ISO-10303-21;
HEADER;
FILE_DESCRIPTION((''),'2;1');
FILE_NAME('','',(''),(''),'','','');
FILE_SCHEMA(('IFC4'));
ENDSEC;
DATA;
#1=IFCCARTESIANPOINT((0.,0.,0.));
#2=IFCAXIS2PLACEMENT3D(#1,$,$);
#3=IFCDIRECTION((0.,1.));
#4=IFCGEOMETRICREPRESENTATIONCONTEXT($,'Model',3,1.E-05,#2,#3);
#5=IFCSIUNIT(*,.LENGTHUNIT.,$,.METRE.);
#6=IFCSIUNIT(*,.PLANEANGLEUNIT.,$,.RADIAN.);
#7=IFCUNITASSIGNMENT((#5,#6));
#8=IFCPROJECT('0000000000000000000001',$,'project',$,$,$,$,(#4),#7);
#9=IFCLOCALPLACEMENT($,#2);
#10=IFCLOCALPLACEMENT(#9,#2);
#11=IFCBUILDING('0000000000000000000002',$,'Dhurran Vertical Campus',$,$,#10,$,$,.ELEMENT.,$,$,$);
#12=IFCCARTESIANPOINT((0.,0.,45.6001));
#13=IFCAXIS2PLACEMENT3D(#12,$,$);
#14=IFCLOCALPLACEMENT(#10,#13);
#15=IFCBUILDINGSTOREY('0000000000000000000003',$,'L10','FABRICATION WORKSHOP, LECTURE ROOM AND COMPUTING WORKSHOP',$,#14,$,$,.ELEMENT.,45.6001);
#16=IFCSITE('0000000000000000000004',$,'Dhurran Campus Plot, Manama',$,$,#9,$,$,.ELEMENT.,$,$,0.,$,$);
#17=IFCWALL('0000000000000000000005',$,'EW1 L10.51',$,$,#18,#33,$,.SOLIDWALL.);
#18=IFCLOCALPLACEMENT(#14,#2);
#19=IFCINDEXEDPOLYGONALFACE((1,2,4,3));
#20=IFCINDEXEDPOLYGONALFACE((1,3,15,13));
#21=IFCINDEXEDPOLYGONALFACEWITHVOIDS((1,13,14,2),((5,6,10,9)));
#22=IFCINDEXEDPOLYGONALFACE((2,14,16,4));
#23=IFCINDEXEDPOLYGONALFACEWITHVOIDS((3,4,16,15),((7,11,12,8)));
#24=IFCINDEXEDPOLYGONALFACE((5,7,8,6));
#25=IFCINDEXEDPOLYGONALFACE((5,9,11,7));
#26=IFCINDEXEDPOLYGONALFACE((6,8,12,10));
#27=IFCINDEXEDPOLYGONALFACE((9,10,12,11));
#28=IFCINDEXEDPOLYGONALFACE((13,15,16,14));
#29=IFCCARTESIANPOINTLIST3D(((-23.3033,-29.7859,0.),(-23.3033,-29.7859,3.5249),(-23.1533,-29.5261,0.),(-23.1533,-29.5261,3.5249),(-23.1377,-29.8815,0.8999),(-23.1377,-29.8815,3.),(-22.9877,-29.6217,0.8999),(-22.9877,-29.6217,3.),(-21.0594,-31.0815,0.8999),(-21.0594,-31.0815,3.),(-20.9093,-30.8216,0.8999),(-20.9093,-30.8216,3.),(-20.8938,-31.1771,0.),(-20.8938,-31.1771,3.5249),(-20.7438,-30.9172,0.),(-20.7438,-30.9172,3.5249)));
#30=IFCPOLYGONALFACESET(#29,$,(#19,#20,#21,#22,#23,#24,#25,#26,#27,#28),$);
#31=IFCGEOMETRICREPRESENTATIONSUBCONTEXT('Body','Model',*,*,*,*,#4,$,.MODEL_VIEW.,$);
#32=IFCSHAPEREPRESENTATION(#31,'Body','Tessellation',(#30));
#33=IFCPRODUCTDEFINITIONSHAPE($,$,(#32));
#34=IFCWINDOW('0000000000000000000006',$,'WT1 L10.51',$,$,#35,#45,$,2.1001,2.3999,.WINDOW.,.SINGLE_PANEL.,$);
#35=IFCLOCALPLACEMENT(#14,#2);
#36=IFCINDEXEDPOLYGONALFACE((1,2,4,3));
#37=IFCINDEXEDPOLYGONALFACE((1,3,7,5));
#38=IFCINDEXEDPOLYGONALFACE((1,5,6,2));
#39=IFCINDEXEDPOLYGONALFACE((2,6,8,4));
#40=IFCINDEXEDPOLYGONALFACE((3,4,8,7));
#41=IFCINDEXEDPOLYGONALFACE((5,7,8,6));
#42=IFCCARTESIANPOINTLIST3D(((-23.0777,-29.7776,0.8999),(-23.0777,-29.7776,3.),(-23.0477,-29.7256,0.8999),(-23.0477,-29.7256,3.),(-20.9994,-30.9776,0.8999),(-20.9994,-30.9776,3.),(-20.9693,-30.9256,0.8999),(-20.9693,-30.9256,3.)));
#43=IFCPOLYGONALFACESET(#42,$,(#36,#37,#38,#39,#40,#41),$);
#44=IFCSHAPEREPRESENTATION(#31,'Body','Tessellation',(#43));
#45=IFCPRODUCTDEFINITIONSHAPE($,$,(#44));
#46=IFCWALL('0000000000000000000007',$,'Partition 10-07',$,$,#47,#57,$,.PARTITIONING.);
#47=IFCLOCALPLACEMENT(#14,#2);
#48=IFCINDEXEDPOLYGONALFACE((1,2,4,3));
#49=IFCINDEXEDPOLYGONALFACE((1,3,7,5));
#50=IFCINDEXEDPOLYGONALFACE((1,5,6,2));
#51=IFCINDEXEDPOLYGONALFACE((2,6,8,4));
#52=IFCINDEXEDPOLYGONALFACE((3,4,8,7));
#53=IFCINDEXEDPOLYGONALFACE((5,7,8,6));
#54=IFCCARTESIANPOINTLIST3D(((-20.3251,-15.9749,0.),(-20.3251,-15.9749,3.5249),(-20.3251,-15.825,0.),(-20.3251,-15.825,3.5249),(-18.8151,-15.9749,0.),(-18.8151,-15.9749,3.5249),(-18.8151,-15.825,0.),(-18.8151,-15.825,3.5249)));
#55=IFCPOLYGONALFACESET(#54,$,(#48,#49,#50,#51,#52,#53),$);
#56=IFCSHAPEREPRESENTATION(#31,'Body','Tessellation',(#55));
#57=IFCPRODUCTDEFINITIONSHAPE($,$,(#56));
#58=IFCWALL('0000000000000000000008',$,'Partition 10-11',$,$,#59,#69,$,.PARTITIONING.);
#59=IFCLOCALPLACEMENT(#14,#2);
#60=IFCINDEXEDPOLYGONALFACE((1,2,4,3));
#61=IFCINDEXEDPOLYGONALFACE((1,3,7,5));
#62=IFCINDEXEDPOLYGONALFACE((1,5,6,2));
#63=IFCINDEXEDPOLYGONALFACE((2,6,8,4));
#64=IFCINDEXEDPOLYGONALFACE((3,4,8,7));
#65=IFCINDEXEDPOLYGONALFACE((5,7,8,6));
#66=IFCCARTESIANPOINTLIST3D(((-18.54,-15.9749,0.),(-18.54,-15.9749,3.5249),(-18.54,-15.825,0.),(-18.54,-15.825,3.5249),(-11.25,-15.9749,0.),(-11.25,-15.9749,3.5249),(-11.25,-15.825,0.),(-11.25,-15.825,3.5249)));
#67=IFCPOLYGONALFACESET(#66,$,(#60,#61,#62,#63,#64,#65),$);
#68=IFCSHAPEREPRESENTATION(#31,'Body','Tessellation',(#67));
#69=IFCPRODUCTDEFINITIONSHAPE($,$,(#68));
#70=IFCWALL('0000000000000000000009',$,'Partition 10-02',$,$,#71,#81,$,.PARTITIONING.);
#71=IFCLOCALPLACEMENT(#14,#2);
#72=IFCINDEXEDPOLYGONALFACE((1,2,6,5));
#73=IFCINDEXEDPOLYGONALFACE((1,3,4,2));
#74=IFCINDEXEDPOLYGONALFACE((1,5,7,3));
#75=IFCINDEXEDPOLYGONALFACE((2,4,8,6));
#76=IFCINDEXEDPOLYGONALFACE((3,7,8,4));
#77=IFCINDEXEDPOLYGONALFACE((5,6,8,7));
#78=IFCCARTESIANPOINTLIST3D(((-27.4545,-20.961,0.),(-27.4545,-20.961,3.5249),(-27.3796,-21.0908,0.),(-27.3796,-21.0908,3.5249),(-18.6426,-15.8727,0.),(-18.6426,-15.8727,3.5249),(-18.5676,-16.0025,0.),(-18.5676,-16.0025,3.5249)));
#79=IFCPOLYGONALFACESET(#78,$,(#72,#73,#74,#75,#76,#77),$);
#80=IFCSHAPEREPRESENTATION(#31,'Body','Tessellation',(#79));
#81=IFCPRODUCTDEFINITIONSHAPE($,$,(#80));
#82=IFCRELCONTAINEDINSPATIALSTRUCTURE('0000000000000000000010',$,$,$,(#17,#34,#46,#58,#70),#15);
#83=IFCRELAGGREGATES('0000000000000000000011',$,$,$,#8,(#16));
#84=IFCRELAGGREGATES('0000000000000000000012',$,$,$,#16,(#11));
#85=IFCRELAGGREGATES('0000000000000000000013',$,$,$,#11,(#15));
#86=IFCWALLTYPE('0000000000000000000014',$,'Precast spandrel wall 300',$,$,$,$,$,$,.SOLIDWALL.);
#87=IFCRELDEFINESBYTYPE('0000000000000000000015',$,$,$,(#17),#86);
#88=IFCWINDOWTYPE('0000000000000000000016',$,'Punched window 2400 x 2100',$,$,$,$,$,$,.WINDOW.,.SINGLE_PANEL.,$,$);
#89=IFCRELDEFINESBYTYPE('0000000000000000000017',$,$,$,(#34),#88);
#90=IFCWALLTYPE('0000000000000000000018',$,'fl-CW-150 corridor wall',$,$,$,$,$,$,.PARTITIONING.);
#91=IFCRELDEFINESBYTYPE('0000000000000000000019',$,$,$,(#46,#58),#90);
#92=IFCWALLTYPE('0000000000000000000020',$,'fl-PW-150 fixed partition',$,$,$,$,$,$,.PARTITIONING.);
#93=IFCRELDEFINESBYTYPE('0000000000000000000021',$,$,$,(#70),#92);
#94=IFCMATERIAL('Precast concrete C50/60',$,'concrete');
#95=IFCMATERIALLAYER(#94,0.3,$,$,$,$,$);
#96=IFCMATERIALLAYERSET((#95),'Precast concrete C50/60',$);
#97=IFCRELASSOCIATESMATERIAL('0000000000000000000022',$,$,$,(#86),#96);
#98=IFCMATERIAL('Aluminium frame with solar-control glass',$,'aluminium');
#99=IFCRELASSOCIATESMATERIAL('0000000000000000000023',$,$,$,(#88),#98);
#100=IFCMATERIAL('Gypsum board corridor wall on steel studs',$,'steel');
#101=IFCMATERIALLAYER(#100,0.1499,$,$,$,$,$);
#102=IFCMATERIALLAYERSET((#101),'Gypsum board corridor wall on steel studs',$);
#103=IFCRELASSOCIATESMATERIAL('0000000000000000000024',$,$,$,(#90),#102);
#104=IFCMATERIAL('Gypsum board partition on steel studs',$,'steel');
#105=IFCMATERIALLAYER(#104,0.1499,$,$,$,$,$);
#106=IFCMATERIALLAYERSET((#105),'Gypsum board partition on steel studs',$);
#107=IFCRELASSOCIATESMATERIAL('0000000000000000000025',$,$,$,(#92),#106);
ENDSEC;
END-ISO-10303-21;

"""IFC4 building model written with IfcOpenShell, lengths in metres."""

from ifc_helpers import new_model, si_unit, direction, frame, frame_2d, origin, place, context, subcontext, project, spatial, rectangle, extrude, material, layer, layer_set, type_object, element, fill, save


model = new_model("IFC4")

# Units and contexts
model_context = context("Model", 3, precision=1e-05, world=origin(), true_north=direction((0.0, 1.0)))
body_context = subcontext(model_context, "Body", "Model", "MODEL_VIEW")
ifc_project = project(units=[si_unit("LENGTHUNIT", "METRE"), si_unit("PLANEANGLEUNIT", "RADIAN")], contexts=[model_context])

# Site, building, storey
site_placement = place(None, origin())
site = spatial("IfcSite", under=ifc_project, at=site_placement, Name="Dhurran Campus Plot, Manama", CompositionType="ELEMENT", RefElevation=0.0)
building_placement = place(site_placement, origin())
building = spatial("IfcBuilding", under=site, at=building_placement, Name="Dhurran Vertical Campus", CompositionType="ELEMENT")
storey_placement = place(building_placement, frame((0.0, 0.0, 45.6001)))
storey = spatial("IfcBuildingStorey", under=building, at=storey_placement, Name="L10", Description="FABRICATION WORKSHOP, LECTURE ROOM AND COMPUTING WORKSHOP", CompositionType="ELEMENT", Elevation=45.6001)

# Wall, opening, window
ifc_material_1 = material(Name="Precast concrete C50/60", Category="concrete")
ifc_layer_1 = layer(ifc_material_1, 0.3)
ifc_layer_set_1 = layer_set([ifc_layer_1], Name="Precast concrete C50/60")
wall_type_1 = type_object("IfcWallType", Name="Precast spandrel wall 300", PredefinedType="SOLIDWALL", material=ifc_layer_set_1)
ifc_material_2 = material(Name="Aluminium frame with solar-control glass", Category="aluminium")
window_type = type_object("IfcWindowType", Name="Punched window 2400 x 2100", PartitioningType="SINGLE_PANEL", PredefinedType="WINDOW", material=ifc_material_2)
wall_1_placement = place(storey_placement, frame((-23.2283, -29.656, 0.0), z_axis=(0.0, 0.0, 1.0), x_axis=(0.86602, -0.500009, 0.0)))
wall_1 = element("IfcWall", 1, at=wall_1_placement, inside=storey, type_object=wall_type_1, Name="EW1 L10.51", PredefinedType="SOLIDWALL", context=body_context, shape_type="SweptSolid", body=[
    extrude(rectangle(XDim=2.7822, YDim=0.3, at=frame_2d((1.3911, 0.0))), origin(), (0.0, 0.0, 1.0), 3.5249),
])
opening_1_placement = place(wall_1_placement, frame((0.1912, 0.0, 0.8999)))
opening_1 = element("IfcOpeningElement", 2, at=opening_1_placement, cuts=wall_1, PredefinedType="OPENING", context=body_context, shape_type="SweptSolid", body=[
    extrude(rectangle(XDim=2.3999, YDim=2.1001, at=frame_2d((1.2, 1.05))), frame((0.0, 0.1599, 0.0), z_axis=(0.0, -1.0, 0.0), x_axis=(1.0, 0.0, 0.0)), (0.0, 0.0, 1.0), 0.3201),
])
window_1_placement = place(opening_1_placement, origin())
window_1 = element("IfcWindow", 3, at=window_1_placement, inside=storey, type_object=window_type, Name="WT1 L10.51", OverallHeight=2.1001, OverallWidth=2.3999, PartitioningType="SINGLE_PANEL", PredefinedType="WINDOW", context=body_context, shape_type="SweptSolid", body=[
    extrude(rectangle(XDim=2.3999, YDim=2.1001, at=frame_2d((1.2, 1.05))), frame((0.0, 0.03, 0.0), z_axis=(0.0, -1.0, 0.0), x_axis=(1.0, 0.0, 0.0)), (0.0, 0.0, 1.0), 0.0601),
])
fill(opening_1, window_1)

# Walls
ifc_material_3 = material(Name="Gypsum board corridor wall on steel studs", Category="steel")
ifc_layer_2 = layer(ifc_material_3, 0.1499)
ifc_layer_set_2 = layer_set([ifc_layer_2], Name="Gypsum board corridor wall on steel studs")
wall_type_2 = type_object("IfcWallType", Name="fl-CW-150 corridor wall", PredefinedType="PARTITIONING", material=ifc_layer_set_2)
wall_2_placement = place(storey_placement, frame((-20.325, -15.8999, 0.0), z_axis=(0.0, 0.0, 1.0), x_axis=(1.0, 0.0, 0.0)))
element("IfcWall", 4, at=wall_2_placement, inside=storey, type_object=wall_type_2, Name="Partition 10-07", PredefinedType="PARTITIONING", context=body_context, shape_type="SweptSolid", body=[
    extrude(rectangle(XDim=1.51, YDim=0.1499, at=frame_2d((0.7549, 0.0))), origin(), (0.0, 0.0, 1.0), 3.5249),
])
wall_3_placement = place(storey_placement, frame((-18.54, -15.8999, 0.0), z_axis=(0.0, 0.0, 1.0), x_axis=(1.0, 0.0, 0.0)))
element("IfcWall", 5, at=wall_3_placement, inside=storey, type_object=wall_type_2, Name="Partition 10-11", PredefinedType="PARTITIONING", context=body_context, shape_type="SweptSolid", body=[
    extrude(rectangle(XDim=7.29, YDim=0.1499, at=frame_2d((3.645, 0.0))), origin(), (0.0, 0.0, 1.0), 3.5249),
])
ifc_material_4 = material(Name="Gypsum board partition on steel studs", Category="steel")
ifc_layer_3 = layer(ifc_material_4, 0.1499)
ifc_layer_set_3 = layer_set([ifc_layer_3], Name="Gypsum board partition on steel studs")
wall_type_3 = type_object("IfcWallType", Name="fl-PW-150 fixed partition", PredefinedType="PARTITIONING", material=ifc_layer_set_3)
wall_4_placement = place(storey_placement, frame((-18.605, -15.9375, 0.0), z_axis=(0.0, 0.0, 1.0), x_axis=(-0.865993, -0.500056, 0.0)))
element("IfcWall", 6, at=wall_4_placement, inside=storey, type_object=wall_type_3, Name="Partition 10-02", PredefinedType="PARTITIONING", context=body_context, shape_type="SweptSolid", body=[
    extrude(rectangle(XDim=10.1755, YDim=0.1499, at=frame_2d((5.0879, 0.0))), origin(), (0.0, 0.0, 1.0), 3.5249),
])

save(model, "model.ifc")
